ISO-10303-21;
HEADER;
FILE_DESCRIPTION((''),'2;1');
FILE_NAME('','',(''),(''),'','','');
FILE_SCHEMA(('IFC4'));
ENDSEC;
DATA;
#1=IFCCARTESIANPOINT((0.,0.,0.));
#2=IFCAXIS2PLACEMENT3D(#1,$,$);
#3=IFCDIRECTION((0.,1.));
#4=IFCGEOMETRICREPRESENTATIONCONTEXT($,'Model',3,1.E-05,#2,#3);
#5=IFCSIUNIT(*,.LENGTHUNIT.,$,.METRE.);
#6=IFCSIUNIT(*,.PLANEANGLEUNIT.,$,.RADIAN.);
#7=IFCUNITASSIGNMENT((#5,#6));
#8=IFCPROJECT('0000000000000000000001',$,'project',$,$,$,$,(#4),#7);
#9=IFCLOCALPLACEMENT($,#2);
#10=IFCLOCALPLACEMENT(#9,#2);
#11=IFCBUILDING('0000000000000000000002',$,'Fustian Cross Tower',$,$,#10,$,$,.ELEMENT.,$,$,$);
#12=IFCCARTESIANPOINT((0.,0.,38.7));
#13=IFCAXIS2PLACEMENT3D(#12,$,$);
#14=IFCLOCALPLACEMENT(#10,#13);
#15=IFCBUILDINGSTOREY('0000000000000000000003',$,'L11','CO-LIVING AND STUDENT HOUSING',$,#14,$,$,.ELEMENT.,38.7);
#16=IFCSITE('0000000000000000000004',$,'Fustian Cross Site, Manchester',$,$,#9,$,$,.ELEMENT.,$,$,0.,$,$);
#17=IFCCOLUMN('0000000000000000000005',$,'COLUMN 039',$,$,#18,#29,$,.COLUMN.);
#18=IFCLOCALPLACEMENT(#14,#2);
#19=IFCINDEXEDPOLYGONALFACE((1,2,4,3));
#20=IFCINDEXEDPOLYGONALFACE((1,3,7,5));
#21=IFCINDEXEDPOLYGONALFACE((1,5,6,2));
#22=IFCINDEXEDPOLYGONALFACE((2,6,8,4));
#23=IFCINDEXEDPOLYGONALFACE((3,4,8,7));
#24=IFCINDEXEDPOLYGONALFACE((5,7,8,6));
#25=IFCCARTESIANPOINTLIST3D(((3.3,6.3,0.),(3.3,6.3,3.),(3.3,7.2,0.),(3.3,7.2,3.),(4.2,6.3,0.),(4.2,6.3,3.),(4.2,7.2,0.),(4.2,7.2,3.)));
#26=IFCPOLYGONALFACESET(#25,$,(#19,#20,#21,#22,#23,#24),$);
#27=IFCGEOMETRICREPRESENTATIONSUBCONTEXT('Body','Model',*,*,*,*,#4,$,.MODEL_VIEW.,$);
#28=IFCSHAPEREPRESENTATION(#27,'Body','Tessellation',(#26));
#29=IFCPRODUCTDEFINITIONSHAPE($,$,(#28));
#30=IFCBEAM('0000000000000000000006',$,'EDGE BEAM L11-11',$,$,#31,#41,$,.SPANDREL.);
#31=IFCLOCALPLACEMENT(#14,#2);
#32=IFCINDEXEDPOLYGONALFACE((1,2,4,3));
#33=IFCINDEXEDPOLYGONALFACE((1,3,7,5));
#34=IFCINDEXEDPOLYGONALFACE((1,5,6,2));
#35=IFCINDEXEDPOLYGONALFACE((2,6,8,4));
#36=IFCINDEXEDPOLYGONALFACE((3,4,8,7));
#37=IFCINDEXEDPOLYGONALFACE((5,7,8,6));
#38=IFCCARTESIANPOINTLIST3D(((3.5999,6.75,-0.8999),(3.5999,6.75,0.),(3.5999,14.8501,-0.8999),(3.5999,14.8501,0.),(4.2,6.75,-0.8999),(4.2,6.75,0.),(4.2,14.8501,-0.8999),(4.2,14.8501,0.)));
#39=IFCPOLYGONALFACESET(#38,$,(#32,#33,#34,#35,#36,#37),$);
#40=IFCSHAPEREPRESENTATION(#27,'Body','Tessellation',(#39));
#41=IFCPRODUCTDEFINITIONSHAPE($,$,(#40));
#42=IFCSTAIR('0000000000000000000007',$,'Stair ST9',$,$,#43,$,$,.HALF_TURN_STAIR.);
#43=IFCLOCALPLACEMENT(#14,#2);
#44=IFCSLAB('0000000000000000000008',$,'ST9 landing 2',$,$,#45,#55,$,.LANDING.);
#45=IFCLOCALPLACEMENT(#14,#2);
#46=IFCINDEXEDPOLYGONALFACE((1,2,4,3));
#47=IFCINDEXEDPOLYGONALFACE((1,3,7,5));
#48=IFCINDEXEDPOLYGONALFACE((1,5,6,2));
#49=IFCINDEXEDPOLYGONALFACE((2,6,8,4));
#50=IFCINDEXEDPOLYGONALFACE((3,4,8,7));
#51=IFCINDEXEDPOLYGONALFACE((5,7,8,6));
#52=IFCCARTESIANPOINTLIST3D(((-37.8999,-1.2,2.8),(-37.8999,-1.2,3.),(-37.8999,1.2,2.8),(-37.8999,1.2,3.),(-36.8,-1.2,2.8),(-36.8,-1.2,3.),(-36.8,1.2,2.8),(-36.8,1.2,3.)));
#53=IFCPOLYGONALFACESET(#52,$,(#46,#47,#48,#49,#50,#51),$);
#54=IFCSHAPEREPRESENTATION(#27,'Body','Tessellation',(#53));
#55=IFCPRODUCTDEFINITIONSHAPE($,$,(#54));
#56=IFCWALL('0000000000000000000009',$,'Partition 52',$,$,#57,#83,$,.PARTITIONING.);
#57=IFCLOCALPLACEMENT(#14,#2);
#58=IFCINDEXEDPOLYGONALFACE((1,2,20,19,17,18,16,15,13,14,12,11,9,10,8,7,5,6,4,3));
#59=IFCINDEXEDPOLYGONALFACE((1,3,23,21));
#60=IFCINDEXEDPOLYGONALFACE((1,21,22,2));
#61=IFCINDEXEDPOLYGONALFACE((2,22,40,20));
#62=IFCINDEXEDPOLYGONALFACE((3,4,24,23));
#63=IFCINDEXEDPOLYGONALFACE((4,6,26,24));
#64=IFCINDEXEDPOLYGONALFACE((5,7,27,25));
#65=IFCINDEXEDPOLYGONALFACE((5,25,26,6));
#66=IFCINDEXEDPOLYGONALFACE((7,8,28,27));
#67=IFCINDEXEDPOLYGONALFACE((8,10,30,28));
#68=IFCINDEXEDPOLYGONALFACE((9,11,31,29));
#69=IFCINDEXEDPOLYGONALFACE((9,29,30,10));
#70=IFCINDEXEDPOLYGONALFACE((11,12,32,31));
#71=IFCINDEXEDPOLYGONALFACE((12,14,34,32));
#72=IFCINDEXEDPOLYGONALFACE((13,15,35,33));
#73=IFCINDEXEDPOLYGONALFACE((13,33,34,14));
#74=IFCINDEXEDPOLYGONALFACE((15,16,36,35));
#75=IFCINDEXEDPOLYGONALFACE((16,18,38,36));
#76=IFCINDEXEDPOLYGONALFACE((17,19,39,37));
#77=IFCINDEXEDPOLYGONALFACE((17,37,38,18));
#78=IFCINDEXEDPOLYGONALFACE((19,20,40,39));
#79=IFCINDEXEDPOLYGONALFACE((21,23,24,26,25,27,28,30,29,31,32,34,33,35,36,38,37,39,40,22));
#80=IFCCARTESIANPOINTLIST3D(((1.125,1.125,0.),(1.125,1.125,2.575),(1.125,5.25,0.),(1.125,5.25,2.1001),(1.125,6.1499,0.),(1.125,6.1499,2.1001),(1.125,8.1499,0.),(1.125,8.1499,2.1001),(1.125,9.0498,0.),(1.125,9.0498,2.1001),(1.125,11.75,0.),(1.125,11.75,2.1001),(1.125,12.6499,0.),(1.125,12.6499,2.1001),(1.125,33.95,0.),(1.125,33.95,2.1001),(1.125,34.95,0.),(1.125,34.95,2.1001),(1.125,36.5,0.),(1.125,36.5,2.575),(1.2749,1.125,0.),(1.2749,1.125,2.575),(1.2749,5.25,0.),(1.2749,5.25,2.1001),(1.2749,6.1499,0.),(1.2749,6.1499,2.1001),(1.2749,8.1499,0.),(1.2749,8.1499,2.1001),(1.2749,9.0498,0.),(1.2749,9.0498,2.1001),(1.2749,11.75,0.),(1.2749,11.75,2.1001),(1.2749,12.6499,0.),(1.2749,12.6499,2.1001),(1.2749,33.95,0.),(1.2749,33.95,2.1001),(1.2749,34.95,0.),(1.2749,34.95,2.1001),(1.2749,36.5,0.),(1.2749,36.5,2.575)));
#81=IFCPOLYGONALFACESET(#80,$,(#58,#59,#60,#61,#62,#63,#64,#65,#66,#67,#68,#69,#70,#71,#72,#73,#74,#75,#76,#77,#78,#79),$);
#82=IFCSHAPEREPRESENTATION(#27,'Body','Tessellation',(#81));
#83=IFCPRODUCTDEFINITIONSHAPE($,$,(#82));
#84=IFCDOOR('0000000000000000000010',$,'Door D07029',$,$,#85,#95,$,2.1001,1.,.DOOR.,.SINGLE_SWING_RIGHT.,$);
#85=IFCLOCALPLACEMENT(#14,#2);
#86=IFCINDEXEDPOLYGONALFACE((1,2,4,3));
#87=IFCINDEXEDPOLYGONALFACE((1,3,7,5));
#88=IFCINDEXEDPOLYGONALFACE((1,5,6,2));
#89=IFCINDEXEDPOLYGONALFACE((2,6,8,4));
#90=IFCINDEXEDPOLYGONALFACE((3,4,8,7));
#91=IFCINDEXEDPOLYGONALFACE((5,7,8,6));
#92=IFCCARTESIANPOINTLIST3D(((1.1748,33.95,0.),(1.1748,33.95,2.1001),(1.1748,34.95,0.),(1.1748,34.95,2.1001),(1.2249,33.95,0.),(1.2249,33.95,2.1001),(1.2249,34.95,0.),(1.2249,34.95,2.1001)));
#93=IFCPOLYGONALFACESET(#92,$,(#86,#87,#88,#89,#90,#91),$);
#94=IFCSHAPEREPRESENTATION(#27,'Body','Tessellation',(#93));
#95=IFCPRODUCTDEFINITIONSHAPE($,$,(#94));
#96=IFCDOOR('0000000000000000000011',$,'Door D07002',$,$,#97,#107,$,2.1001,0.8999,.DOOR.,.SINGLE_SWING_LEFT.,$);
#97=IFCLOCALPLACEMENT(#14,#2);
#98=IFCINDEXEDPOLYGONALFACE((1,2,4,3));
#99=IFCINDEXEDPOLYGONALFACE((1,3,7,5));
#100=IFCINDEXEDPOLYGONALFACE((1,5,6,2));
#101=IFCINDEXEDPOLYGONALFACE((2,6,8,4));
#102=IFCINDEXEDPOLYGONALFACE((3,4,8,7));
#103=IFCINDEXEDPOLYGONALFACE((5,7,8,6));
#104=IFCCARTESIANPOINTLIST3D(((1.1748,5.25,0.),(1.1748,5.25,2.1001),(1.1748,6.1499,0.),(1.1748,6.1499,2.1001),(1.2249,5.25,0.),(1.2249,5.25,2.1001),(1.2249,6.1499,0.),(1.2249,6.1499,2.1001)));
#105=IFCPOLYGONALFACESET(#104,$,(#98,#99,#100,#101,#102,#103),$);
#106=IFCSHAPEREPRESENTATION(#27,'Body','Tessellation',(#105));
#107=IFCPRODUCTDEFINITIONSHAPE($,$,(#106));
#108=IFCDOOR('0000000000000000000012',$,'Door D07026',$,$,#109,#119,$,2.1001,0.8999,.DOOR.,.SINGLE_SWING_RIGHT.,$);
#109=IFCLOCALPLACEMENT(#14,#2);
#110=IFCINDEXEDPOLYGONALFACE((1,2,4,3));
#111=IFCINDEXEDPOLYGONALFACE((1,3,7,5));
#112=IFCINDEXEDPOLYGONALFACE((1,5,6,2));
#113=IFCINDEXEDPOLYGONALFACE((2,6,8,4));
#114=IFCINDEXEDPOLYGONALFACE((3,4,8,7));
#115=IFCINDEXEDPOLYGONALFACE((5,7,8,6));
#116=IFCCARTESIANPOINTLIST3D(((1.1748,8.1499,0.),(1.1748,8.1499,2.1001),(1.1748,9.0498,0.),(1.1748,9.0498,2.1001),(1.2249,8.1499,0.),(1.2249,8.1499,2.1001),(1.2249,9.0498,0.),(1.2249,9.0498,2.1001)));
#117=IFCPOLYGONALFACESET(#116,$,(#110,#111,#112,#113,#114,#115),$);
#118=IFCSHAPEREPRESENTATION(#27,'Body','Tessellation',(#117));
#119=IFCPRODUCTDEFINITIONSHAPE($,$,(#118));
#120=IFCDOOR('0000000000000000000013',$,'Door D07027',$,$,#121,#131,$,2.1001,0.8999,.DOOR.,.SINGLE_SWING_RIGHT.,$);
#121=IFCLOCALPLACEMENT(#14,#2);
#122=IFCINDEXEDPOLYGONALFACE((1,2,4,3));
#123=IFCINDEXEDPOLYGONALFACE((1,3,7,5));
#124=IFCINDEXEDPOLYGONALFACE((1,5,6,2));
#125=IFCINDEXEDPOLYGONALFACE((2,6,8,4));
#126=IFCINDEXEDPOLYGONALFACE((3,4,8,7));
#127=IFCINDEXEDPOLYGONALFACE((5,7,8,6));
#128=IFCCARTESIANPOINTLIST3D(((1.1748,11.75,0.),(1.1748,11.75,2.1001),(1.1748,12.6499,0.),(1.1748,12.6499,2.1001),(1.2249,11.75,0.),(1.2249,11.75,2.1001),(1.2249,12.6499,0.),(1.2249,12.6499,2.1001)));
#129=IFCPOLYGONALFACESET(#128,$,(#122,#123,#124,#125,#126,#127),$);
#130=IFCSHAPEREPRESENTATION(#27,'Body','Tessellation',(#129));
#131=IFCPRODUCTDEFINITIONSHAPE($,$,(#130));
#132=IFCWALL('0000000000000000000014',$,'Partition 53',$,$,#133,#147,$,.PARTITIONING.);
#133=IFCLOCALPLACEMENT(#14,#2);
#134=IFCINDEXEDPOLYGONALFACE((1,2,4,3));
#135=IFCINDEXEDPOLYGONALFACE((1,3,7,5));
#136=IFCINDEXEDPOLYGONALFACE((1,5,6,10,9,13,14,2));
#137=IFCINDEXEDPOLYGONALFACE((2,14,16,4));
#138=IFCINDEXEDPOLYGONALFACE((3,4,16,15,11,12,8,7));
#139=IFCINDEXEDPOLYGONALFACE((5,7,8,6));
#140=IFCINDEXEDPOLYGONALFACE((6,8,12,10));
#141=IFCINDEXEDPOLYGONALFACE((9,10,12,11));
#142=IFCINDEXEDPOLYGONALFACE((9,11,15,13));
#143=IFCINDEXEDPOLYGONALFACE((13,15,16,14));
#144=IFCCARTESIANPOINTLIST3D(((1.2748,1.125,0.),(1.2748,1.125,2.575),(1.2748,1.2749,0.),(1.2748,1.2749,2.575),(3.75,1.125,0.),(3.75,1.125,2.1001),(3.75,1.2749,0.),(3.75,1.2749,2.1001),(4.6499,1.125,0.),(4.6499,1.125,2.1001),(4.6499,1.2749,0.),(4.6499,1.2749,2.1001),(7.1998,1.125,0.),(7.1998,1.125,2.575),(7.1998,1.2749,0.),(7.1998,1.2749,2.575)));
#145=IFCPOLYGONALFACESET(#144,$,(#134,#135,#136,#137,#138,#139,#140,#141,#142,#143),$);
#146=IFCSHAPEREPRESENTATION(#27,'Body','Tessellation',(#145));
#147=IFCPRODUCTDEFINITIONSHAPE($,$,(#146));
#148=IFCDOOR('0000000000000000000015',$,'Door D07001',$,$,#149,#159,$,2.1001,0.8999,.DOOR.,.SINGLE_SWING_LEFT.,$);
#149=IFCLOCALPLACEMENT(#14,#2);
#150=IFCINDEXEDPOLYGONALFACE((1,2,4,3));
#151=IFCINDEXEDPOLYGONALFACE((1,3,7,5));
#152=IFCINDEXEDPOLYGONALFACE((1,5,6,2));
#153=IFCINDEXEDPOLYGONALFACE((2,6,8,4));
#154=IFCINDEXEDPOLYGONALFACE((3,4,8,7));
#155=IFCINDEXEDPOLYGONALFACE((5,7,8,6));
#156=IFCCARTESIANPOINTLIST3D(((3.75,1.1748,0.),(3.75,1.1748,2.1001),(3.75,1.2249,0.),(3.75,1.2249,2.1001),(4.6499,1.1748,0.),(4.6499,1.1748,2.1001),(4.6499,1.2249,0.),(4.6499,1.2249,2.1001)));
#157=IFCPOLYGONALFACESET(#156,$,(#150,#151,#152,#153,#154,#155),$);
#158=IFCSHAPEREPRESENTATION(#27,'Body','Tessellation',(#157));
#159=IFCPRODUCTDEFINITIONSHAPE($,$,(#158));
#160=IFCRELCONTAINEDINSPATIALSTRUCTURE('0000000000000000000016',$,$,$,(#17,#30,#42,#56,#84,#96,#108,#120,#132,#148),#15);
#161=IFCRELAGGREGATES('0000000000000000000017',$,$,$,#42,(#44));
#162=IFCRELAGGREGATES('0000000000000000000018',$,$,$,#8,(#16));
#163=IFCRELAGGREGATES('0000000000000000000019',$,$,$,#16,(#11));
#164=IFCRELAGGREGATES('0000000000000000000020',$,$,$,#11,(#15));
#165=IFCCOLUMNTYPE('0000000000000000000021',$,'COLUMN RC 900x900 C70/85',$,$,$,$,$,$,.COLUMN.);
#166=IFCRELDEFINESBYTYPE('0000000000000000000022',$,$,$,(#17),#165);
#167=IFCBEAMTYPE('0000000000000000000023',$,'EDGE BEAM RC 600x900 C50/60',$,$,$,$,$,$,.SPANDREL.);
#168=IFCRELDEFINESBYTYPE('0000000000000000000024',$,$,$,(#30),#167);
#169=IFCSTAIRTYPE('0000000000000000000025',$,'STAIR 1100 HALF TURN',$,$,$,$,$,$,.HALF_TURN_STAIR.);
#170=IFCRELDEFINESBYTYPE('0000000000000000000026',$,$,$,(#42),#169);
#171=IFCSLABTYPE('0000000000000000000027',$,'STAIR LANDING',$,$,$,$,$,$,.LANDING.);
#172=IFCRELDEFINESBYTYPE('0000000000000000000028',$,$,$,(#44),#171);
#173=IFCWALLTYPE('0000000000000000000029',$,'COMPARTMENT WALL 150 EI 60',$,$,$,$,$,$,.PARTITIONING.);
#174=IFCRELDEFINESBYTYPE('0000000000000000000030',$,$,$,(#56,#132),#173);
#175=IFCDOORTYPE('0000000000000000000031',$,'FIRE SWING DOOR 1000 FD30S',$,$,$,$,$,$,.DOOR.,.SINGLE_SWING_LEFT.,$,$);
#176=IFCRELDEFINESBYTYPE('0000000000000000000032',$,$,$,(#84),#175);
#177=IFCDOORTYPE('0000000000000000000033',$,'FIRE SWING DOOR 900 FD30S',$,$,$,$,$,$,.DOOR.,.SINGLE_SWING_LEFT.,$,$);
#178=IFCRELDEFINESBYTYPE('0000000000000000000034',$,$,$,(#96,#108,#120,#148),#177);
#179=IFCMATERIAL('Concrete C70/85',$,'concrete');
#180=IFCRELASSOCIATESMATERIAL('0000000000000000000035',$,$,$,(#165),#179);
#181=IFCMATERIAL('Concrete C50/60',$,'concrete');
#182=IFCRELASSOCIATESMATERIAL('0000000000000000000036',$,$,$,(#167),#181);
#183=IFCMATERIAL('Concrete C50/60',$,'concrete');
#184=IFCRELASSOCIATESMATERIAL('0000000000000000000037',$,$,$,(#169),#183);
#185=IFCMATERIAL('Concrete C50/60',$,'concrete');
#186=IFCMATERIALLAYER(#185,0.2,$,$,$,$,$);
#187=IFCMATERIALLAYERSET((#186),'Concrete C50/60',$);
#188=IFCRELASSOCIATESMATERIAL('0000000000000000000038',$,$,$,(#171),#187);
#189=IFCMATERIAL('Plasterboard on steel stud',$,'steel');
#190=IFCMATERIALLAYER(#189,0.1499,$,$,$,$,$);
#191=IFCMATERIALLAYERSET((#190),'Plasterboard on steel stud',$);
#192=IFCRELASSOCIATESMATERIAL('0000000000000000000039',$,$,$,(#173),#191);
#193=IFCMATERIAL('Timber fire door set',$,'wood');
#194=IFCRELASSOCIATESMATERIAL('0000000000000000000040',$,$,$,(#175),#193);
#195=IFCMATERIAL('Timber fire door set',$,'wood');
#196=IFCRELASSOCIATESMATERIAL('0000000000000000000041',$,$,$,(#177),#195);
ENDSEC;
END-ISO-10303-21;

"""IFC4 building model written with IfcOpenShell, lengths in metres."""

from ifc_helpers import new_model, si_unit, direction, frame, frame_2d, origin, origin_2d, place, context, subcontext, project, spatial, polyline, rectangle, outline, extrude, material, layer, layer_set, material_profile, profile_set, type_object, element, fill, aggregate, save


model = new_model("IFC4")

# Units and contexts
model_context = context("Model", 3, precision=1e-05, world=origin(), true_north=direction((0.0, 1.0)))
body_context = subcontext(model_context, "Body", "Model", "MODEL_VIEW")
ifc_project = project(units=[si_unit("LENGTHUNIT", "METRE"), si_unit("PLANEANGLEUNIT", "RADIAN")], contexts=[model_context])

# Site, building, storey
site_placement = place(None, origin())
site = spatial("IfcSite", under=ifc_project, at=site_placement, Name="Fustian Cross Site, Manchester", CompositionType="ELEMENT", RefElevation=0.0)
building_placement = place(site_placement, origin())
building = spatial("IfcBuilding", under=site, at=building_placement, Name="Fustian Cross Tower", CompositionType="ELEMENT")
storey_placement = place(building_placement, frame((0.0, 0.0, 38.7)))
storey = spatial("IfcBuildingStorey", under=building, at=storey_placement, Name="L11", Description="CO-LIVING AND STUDENT HOUSING", CompositionType="ELEMENT", Elevation=38.7)

# Column
ifc_material_1 = material(Name="Concrete C70/85", Category="concrete")
ifc_material_profile_1 = material_profile(ifc_material_1, rectangle(XDim=0.8999, YDim=0.8999, at=origin_2d()), Name="RC 900x900")
ifc_profile_set_1 = profile_set([ifc_material_profile_1], Name="Concrete C70/85")
column_type = type_object("IfcColumnType", Name="COLUMN RC 900x900 C70/85", PredefinedType="COLUMN", material=ifc_profile_set_1)
column_placement = place(storey_placement, frame((3.75, 6.75, 0.0), z_axis=(0.0, 0.0, 1.0), x_axis=(1.0, 0.0, 0.0)))
element("IfcColumn", 1, at=column_placement, inside=storey, type_object=column_type, Name="COLUMN 039", PredefinedType="COLUMN", context=body_context, shape_type="SweptSolid", body=[
    extrude(rectangle(XDim=0.8999, YDim=0.8999, at=origin_2d()), origin(), (0.0, 0.0, 1.0), 3.0),
])

# Beam
ifc_material_2 = material(Name="Concrete C50/60", Category="concrete")
ifc_material_profile_2 = material_profile(ifc_material_2, rectangle(XDim=0.6001, YDim=0.8999, at=origin_2d()), Name="RC 600x900")
ifc_profile_set_2 = profile_set([ifc_material_profile_2], Name="Concrete C50/60")
beam_type = type_object("IfcBeamType", Name="EDGE BEAM RC 600x900 C50/60", PredefinedType="SPANDREL", material=ifc_profile_set_2)
beam_placement = place(storey_placement, frame((3.8999, 6.75, -0.45), z_axis=(0.0, 1.0, 0.0), x_axis=(-1.0, 0.0, 0.0)))
element("IfcBeam", 2, at=beam_placement, inside=storey, type_object=beam_type, Name="EDGE BEAM L11-11", PredefinedType="SPANDREL", context=body_context, shape_type="SweptSolid", body=[
    extrude(rectangle(XDim=0.6001, YDim=0.8999, at=origin_2d()), origin(), (0.0, 0.0, 1.0), 8.1001),
])

# Stair, slab
ifc_material_3 = material(Name="Concrete C50/60", Category="concrete")
stair_type = type_object("IfcStairType", Name="STAIR 1100 HALF TURN", PredefinedType="HALF_TURN_STAIR", material=ifc_material_3)
stair_placement = place(storey_placement, origin())
stair = element("IfcStair", 3, at=stair_placement, inside=storey, type_object=stair_type, Name="Stair ST9", PredefinedType="HALF_TURN_STAIR")
ifc_material_4 = material(Name="Concrete C50/60", Category="concrete")
ifc_layer_1 = layer(ifc_material_4, 0.2)
ifc_layer_set_1 = layer_set([ifc_layer_1], Name="Concrete C50/60")
slab_type = type_object("IfcSlabType", Name="STAIR LANDING", PredefinedType="LANDING", material=ifc_layer_set_1)
slab_placement = place(storey_placement, frame((0.0, 0.0, 2.8)))
slab = element("IfcSlab", 4, at=slab_placement, type_object=slab_type, Name="ST9 landing 2", PredefinedType="LANDING", context=body_context, shape_type="SweptSolid", body=[
    extrude(outline(polyline([(-36.8, -1.2), (-37.8999, -1.2), (-37.8999, 1.2), (-36.8, 1.2), (-36.8, -1.2)])), origin(), (0.0, 0.0, 1.0), 0.2),
])
aggregate(stair, [slab])

# Wall, openings, doors
ifc_material_5 = material(Name="Plasterboard on steel stud", Category="steel")
ifc_layer_2 = layer(ifc_material_5, 0.1499)
ifc_layer_set_2 = layer_set([ifc_layer_2], Name="Plasterboard on steel stud")
wall_type_1 = type_object("IfcWallType", Name="COMPARTMENT WALL 150 EI 60", PredefinedType="PARTITIONING", material=ifc_layer_set_2)
wall_1_placement = place(storey_placement, frame((1.2, 1.125, 0.0), z_axis=(0.0, 0.0, 1.0), x_axis=(0.0, 1.0, 0.0)))
wall_1 = element("IfcWall", 5, at=wall_1_placement, inside=storey, type_object=wall_type_1, Name="Partition 52", PredefinedType="PARTITIONING", context=body_context, shape_type="SweptSolid", body=[
    extrude(rectangle(XDim=35.375, YDim=0.1499, at=frame_2d((17.6875, 0.0))), origin(), (0.0, 0.0, 1.0), 2.575),
])
opening_1_placement = place(wall_1_placement, frame((4.125, 0.0, 0.0)))
opening_1 = element("IfcOpeningElement", 6, at=opening_1_placement, cuts=wall_1, PredefinedType="OPENING", context=body_context, shape_type="SweptSolid", body=[
    extrude(rectangle(XDim=0.8999, YDim=2.1001, at=frame_2d((0.45, 1.05))), frame((0.0, 0.085, 0.0), z_axis=(0.0, -1.0, 0.0), x_axis=(1.0, 0.0, 0.0)), (0.0, 0.0, 1.0), 0.1699),
])
opening_2_placement = place(wall_1_placement, frame((7.0249, 0.0, 0.0)))
opening_2 = element("IfcOpeningElement", 7, at=opening_2_placement, cuts=wall_1, PredefinedType="OPENING", context=body_context, shape_type="SweptSolid", body=[
    extrude(rectangle(XDim=0.8999, YDim=2.1001, at=frame_2d((0.45, 1.05))), frame((0.0, 0.085, 0.0), z_axis=(0.0, -1.0, 0.0), x_axis=(1.0, 0.0, 0.0)), (0.0, 0.0, 1.0), 0.1699),
])
opening_3_placement = place(wall_1_placement, frame((10.625, 0.0, 0.0)))
opening_3 = element("IfcOpeningElement", 8, at=opening_3_placement, cuts=wall_1, PredefinedType="OPENING", context=body_context, shape_type="SweptSolid", body=[
    extrude(rectangle(XDim=0.8999, YDim=2.1001, at=frame_2d((0.45, 1.05))), frame((0.0, 0.085, 0.0), z_axis=(0.0, -1.0, 0.0), x_axis=(1.0, 0.0, 0.0)), (0.0, 0.0, 1.0), 0.1699),
])
opening_4_placement = place(wall_1_placement, frame((32.825, 0.0, 0.0)))
opening_4 = element("IfcOpeningElement", 9, at=opening_4_placement, cuts=wall_1, PredefinedType="OPENING", context=body_context, shape_type="SweptSolid", body=[
    extrude(rectangle(XDim=1.0, YDim=2.1001, at=frame_2d((0.5, 1.05))), frame((0.0, 0.085, 0.0), z_axis=(0.0, -1.0, 0.0), x_axis=(1.0, 0.0, 0.0)), (0.0, 0.0, 1.0), 0.1699),
])
ifc_material_6 = material(Name="Timber fire door set", Category="wood")
door_type_1 = type_object("IfcDoorType", Name="FIRE SWING DOOR 1000 FD30S", OperationType="SINGLE_SWING_LEFT", PredefinedType="DOOR", material=ifc_material_6)
door_1_placement = place(opening_4_placement, frame((1.0, 0.0, 0.0), z_axis=(0.0, 0.0, 1.0), x_axis=(-1.0, 0.0, 0.0)))
door_1 = element("IfcDoor", 10, at=door_1_placement, inside=storey, type_object=door_type_1, Name="Door D07029", OperationType="SINGLE_SWING_RIGHT", OverallHeight=2.1001, OverallWidth=1.0, PredefinedType="DOOR", context=body_context, shape_type="SweptSolid", body=[
    extrude(rectangle(XDim=1.0, YDim=2.1001, at=frame_2d((0.5, 1.05))), frame((0.0, 0.0249, 0.0), z_axis=(0.0, -1.0, 0.0), x_axis=(1.0, 0.0, 0.0)), (0.0, 0.0, 1.0), 0.05),
])
fill(opening_4, door_1)
ifc_material_7 = material(Name="Timber fire door set", Category="wood")
door_type_2 = type_object("IfcDoorType", Name="FIRE SWING DOOR 900 FD30S", OperationType="SINGLE_SWING_LEFT", PredefinedType="DOOR", material=ifc_material_7)
door_2_placement = place(opening_1_placement, frame((0.8999, 0.0, 0.0), z_axis=(0.0, 0.0, 1.0), x_axis=(-1.0, 0.0, 0.0)))
door_2 = element("IfcDoor", 11, at=door_2_placement, inside=storey, type_object=door_type_2, Name="Door D07002", OperationType="SINGLE_SWING_LEFT", OverallHeight=2.1001, OverallWidth=0.8999, PredefinedType="DOOR", context=body_context, shape_type="SweptSolid", body=[
    extrude(rectangle(XDim=0.8999, YDim=2.1001, at=frame_2d((0.45, 1.05))), frame((0.0, 0.0249, 0.0), z_axis=(0.0, -1.0, 0.0), x_axis=(1.0, 0.0, 0.0)), (0.0, 0.0, 1.0), 0.05),
])
fill(opening_1, door_2)
door_3_placement = place(opening_2_placement, frame((0.8999, 0.0, 0.0), z_axis=(0.0, 0.0, 1.0), x_axis=(-1.0, 0.0, 0.0)))
door_3 = element("IfcDoor", 12, at=door_3_placement, inside=storey, type_object=door_type_2, Name="Door D07026", OperationType="SINGLE_SWING_RIGHT", OverallHeight=2.1001, OverallWidth=0.8999, PredefinedType="DOOR", context=body_context, shape_type="SweptSolid", body=[
    extrude(rectangle(XDim=0.8999, YDim=2.1001, at=frame_2d((0.45, 1.05))), frame((0.0, 0.0249, 0.0), z_axis=(0.0, -1.0, 0.0), x_axis=(1.0, 0.0, 0.0)), (0.0, 0.0, 1.0), 0.05),
])
fill(opening_2, door_3)
door_4_placement = place(opening_3_placement, frame((0.8999, 0.0, 0.0), z_axis=(0.0, 0.0, 1.0), x_axis=(-1.0, 0.0, 0.0)))
door_4 = element("IfcDoor", 13, at=door_4_placement, inside=storey, type_object=door_type_2, Name="Door D07027", OperationType="SINGLE_SWING_RIGHT", OverallHeight=2.1001, OverallWidth=0.8999, PredefinedType="DOOR", context=body_context, shape_type="SweptSolid", body=[
    extrude(rectangle(XDim=0.8999, YDim=2.1001, at=frame_2d((0.45, 1.05))), frame((0.0, 0.0249, 0.0), z_axis=(0.0, -1.0, 0.0), x_axis=(1.0, 0.0, 0.0)), (0.0, 0.0, 1.0), 0.05),
])
fill(opening_3, door_4)

# Wall, opening, door
wall_2_placement = place(storey_placement, frame((1.2749, 1.2, 0.0), z_axis=(0.0, 0.0, 1.0), x_axis=(1.0, 0.0, 0.0)))
wall_2 = element("IfcWall", 14, at=wall_2_placement, inside=storey, type_object=wall_type_1, Name="Partition 53", PredefinedType="PARTITIONING", context=body_context, shape_type="SweptSolid", body=[
    extrude(rectangle(XDim=5.925, YDim=0.1499, at=frame_2d((2.9624, 0.0))), origin(), (0.0, 0.0, 1.0), 2.575),
])
opening_5_placement = place(wall_2_placement, frame((2.4751, 0.0, 0.0)))
opening_5 = element("IfcOpeningElement", 15, at=opening_5_placement, cuts=wall_2, PredefinedType="OPENING", context=body_context, shape_type="SweptSolid", body=[
    extrude(rectangle(XDim=0.8999, YDim=2.1001, at=frame_2d((0.45, 1.05))), frame((0.0, 0.085, 0.0), z_axis=(0.0, -1.0, 0.0), x_axis=(1.0, 0.0, 0.0)), (0.0, 0.0, 1.0), 0.1699),
])
door_5_placement = place(opening_5_placement, origin())
door_5 = element("IfcDoor", 16, at=door_5_placement, inside=storey, type_object=door_type_2, Name="Door D07001", OperationType="SINGLE_SWING_LEFT", OverallHeight=2.1001, OverallWidth=0.8999, PredefinedType="DOOR", context=body_context, shape_type="SweptSolid", body=[
    extrude(rectangle(XDim=0.8999, YDim=2.1001, at=frame_2d((0.45, 1.05))), frame((0.0, 0.0249, 0.0), z_axis=(0.0, -1.0, 0.0), x_axis=(1.0, 0.0, 0.0)), (0.0, 0.0, 1.0), 0.05),
])
fill(opening_5, door_5)

save(model, "model.ifc")
